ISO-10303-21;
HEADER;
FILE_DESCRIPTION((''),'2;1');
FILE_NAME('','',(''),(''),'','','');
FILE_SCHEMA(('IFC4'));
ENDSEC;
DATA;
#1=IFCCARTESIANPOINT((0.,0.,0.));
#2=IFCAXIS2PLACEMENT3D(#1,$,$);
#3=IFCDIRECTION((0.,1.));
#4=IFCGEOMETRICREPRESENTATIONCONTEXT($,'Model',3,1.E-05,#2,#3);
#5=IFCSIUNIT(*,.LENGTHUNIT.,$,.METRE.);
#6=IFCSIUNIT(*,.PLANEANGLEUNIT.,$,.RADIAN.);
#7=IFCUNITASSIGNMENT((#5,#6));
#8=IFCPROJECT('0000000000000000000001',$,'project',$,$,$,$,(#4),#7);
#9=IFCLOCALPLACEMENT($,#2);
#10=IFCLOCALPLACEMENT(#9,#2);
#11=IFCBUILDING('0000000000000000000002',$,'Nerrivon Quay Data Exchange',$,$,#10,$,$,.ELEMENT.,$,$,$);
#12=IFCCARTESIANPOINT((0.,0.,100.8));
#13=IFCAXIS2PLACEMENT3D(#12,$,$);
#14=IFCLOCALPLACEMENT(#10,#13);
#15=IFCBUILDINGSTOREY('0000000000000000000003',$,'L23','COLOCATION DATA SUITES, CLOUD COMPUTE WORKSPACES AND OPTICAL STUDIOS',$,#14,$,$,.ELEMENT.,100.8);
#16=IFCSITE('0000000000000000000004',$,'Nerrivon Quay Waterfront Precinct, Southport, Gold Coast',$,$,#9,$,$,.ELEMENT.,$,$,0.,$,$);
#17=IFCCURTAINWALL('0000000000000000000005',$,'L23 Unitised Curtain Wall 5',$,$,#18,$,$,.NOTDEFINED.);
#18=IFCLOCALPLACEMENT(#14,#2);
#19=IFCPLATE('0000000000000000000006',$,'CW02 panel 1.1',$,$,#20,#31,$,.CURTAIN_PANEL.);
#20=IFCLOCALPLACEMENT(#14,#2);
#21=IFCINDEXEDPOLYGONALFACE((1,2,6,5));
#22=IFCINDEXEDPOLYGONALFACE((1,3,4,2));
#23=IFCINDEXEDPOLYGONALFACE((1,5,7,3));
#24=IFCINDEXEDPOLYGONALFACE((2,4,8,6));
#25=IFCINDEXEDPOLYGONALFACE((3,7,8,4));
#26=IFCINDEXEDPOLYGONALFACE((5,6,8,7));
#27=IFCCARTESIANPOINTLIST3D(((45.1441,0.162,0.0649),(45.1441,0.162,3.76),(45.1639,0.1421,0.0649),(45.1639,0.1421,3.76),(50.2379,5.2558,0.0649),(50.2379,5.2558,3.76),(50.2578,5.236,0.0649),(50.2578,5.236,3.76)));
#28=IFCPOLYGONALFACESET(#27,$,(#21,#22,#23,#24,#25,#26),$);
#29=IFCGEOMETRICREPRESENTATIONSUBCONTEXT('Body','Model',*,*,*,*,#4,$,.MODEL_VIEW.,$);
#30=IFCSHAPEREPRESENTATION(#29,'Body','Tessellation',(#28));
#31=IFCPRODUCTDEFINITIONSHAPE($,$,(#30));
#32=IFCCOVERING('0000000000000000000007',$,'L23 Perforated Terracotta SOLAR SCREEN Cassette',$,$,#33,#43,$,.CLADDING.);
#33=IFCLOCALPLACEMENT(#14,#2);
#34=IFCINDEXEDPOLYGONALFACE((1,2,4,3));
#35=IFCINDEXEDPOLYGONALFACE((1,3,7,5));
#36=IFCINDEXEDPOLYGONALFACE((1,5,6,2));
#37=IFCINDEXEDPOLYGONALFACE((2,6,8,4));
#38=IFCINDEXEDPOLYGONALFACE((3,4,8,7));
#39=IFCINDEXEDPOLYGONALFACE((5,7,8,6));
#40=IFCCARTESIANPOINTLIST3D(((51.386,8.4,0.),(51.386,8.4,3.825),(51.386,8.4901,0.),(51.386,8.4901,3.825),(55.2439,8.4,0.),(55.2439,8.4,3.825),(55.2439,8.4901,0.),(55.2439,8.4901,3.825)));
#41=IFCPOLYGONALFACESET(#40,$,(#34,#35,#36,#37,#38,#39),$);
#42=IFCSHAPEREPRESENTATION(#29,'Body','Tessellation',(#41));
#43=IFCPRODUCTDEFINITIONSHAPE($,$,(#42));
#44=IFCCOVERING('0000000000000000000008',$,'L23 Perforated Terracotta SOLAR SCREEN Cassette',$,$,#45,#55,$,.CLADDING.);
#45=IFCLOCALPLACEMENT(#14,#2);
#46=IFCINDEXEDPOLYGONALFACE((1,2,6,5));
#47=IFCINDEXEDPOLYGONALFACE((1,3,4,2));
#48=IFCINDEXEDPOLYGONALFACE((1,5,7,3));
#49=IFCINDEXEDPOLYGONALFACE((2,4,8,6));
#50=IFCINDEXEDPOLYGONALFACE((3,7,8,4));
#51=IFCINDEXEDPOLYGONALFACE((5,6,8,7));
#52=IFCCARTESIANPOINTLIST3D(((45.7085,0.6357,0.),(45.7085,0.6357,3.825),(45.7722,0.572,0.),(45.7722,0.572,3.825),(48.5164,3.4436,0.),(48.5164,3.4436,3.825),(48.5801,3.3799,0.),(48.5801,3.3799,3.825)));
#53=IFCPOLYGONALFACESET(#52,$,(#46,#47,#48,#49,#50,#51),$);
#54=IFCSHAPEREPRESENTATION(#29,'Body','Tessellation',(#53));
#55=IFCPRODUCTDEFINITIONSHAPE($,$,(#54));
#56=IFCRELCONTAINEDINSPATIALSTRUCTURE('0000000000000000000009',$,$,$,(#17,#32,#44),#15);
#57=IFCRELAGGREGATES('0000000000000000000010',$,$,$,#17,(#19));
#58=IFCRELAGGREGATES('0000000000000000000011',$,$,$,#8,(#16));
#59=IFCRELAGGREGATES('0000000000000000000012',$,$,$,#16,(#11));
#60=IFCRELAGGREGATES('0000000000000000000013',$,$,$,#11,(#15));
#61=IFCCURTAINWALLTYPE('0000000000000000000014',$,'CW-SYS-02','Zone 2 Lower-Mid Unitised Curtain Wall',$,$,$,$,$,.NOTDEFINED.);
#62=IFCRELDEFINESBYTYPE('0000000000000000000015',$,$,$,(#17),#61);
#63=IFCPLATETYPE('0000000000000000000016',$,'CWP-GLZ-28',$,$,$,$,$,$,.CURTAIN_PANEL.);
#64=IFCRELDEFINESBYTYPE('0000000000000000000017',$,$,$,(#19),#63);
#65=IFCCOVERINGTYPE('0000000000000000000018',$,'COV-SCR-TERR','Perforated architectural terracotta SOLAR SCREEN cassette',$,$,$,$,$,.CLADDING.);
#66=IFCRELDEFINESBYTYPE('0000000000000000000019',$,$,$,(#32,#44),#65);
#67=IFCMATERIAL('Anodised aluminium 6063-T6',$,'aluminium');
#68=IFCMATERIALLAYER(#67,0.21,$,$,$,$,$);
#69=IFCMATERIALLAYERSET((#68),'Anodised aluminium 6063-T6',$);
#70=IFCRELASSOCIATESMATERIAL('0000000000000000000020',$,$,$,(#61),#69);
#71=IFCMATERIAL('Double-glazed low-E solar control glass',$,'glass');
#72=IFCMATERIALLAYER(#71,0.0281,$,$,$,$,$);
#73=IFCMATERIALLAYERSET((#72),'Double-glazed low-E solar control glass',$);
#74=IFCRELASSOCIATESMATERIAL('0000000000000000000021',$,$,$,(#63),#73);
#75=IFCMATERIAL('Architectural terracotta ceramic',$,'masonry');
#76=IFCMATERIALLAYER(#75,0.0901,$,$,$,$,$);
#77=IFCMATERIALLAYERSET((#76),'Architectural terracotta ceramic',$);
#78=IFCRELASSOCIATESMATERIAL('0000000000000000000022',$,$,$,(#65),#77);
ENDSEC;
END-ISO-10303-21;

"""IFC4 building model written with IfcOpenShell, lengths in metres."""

from ifc_helpers import new_model, si_unit, direction, frame, origin, origin_2d, place, context, subcontext, project, spatial, rectangle, extrude, material, layer, layer_set, type_object, element, aggregate, save


model = new_model("IFC4")

# Units and contexts
model_context = context("Model", 3, precision=1e-05, world=origin(), true_north=direction((0.0, 1.0)))
body_context = subcontext(model_context, "Body", "Model", "MODEL_VIEW")
ifc_project = project(units=[si_unit("LENGTHUNIT", "METRE"), si_unit("PLANEANGLEUNIT", "RADIAN")], contexts=[model_context])

# Site, building, storey
site_placement = place(None, origin())
site = spatial("IfcSite", under=ifc_project, at=site_placement, Name="Nerrivon Quay Waterfront Precinct, Southport, Gold Coast", CompositionType="ELEMENT", RefElevation=0.0)
building_placement = place(site_placement, origin())
building = spatial("IfcBuilding", under=site, at=building_placement, Name="Nerrivon Quay Data Exchange", CompositionType="ELEMENT")
storey_placement = place(building_placement, frame((0.0, 0.0, 100.8)))
storey = spatial("IfcBuildingStorey", under=building, at=storey_placement, Name="L23", Description="COLOCATION DATA SUITES, CLOUD COMPUTE WORKSPACES AND OPTICAL STUDIOS", CompositionType="ELEMENT", Elevation=100.8)

# Curtain wall
ifc_material_1 = material(Name="Anodised aluminium 6063-T6", Category="aluminium")
ifc_layer_1 = layer(ifc_material_1, 0.21)
ifc_layer_set_1 = layer_set([ifc_layer_1], Name="Anodised aluminium 6063-T6")
curtain_wall_type_1 = type_object("IfcCurtainWallType", Name="CW-SYS-02", Description="Zone 2 Lower-Mid Unitised Curtain Wall", PredefinedType="NOTDEFINED", material=ifc_layer_set_1)
curtain_wall_1_placement = place(storey_placement, origin())
curtain_wall_1 = element("IfcCurtainWall", 1, at=curtain_wall_1_placement, inside=storey, type_object=curtain_wall_type_1, Name="L23 Unitised Curtain Wall 5", PredefinedType="NOTDEFINED")

# Plate
ifc_material_2 = material(Name="Double-glazed low-E solar control glass", Category="glass")
ifc_layer_2 = layer(ifc_material_2, 0.0281)
ifc_layer_set_2 = layer_set([ifc_layer_2], Name="Double-glazed low-E solar control glass")
plate_type = type_object("IfcPlateType", Name="CWP-GLZ-28", PredefinedType="CURTAIN_PANEL", material=ifc_layer_set_2)
plate_1_placement = place(storey_placement, frame((47.7009, 2.699, 0.0649), z_axis=(0.0, 0.0, 1.0), x_axis=(-0.707107, -0.707107, 0.0)))
plate_1 = element("IfcPlate", 2, at=plate_1_placement, type_object=plate_type, Name="CW02 panel 1.1", PredefinedType="CURTAIN_PANEL", context=body_context, shape_type="SweptSolid", body=[
    extrude(rectangle(XDim=7.2039, YDim=0.0281, at=origin_2d()), origin(), (0.0, 0.0, 1.0), 3.6951),
])
aggregate(curtain_wall_1, [plate_1])

# Coverings
ifc_material_3 = material(Name="Architectural terracotta ceramic", Category="masonry")
ifc_layer_3 = layer(ifc_material_3, 0.0901)
ifc_layer_set_3 = layer_set([ifc_layer_3], Name="Architectural terracotta ceramic")
covering_type = type_object("IfcCoveringType", Name="COV-SCR-TERR", Description="Perforated architectural terracotta SOLAR SCREEN cassette", PredefinedType="CLADDING", material=ifc_layer_set_3)
covering_1_placement = place(storey_placement, frame((53.3149, 8.4451, 0.0), z_axis=(0.0, 0.0, 1.0), x_axis=(-1.0, 0.0, 0.0)))
element("IfcCovering", 3, at=covering_1_placement, inside=storey, type_object=covering_type, Name="L23 Perforated Terracotta SOLAR SCREEN Cassette", PredefinedType="CLADDING", context=body_context, shape_type="SweptSolid", body=[
    extrude(rectangle(XDim=3.8579, YDim=0.0901, at=origin_2d()), origin(), (0.0, 0.0, 1.0), 3.825),
])
covering_2_placement = place(storey_placement, frame((47.1443, 2.0078, 0.0), z_axis=(0.0, 0.0, 1.0), x_axis=(-0.707107, -0.707107, 0.0)))
element("IfcCovering", 4, at=covering_2_placement, inside=storey, type_object=covering_type, Name="L23 Perforated Terracotta SOLAR SCREEN Cassette", PredefinedType="CLADDING", context=body_context, shape_type="SweptSolid", body=[
    extrude(rectangle(XDim=3.9709, YDim=0.0901, at=origin_2d()), origin(), (0.0, 0.0, 1.0), 3.825),
])

save(model, "model.ifc")
